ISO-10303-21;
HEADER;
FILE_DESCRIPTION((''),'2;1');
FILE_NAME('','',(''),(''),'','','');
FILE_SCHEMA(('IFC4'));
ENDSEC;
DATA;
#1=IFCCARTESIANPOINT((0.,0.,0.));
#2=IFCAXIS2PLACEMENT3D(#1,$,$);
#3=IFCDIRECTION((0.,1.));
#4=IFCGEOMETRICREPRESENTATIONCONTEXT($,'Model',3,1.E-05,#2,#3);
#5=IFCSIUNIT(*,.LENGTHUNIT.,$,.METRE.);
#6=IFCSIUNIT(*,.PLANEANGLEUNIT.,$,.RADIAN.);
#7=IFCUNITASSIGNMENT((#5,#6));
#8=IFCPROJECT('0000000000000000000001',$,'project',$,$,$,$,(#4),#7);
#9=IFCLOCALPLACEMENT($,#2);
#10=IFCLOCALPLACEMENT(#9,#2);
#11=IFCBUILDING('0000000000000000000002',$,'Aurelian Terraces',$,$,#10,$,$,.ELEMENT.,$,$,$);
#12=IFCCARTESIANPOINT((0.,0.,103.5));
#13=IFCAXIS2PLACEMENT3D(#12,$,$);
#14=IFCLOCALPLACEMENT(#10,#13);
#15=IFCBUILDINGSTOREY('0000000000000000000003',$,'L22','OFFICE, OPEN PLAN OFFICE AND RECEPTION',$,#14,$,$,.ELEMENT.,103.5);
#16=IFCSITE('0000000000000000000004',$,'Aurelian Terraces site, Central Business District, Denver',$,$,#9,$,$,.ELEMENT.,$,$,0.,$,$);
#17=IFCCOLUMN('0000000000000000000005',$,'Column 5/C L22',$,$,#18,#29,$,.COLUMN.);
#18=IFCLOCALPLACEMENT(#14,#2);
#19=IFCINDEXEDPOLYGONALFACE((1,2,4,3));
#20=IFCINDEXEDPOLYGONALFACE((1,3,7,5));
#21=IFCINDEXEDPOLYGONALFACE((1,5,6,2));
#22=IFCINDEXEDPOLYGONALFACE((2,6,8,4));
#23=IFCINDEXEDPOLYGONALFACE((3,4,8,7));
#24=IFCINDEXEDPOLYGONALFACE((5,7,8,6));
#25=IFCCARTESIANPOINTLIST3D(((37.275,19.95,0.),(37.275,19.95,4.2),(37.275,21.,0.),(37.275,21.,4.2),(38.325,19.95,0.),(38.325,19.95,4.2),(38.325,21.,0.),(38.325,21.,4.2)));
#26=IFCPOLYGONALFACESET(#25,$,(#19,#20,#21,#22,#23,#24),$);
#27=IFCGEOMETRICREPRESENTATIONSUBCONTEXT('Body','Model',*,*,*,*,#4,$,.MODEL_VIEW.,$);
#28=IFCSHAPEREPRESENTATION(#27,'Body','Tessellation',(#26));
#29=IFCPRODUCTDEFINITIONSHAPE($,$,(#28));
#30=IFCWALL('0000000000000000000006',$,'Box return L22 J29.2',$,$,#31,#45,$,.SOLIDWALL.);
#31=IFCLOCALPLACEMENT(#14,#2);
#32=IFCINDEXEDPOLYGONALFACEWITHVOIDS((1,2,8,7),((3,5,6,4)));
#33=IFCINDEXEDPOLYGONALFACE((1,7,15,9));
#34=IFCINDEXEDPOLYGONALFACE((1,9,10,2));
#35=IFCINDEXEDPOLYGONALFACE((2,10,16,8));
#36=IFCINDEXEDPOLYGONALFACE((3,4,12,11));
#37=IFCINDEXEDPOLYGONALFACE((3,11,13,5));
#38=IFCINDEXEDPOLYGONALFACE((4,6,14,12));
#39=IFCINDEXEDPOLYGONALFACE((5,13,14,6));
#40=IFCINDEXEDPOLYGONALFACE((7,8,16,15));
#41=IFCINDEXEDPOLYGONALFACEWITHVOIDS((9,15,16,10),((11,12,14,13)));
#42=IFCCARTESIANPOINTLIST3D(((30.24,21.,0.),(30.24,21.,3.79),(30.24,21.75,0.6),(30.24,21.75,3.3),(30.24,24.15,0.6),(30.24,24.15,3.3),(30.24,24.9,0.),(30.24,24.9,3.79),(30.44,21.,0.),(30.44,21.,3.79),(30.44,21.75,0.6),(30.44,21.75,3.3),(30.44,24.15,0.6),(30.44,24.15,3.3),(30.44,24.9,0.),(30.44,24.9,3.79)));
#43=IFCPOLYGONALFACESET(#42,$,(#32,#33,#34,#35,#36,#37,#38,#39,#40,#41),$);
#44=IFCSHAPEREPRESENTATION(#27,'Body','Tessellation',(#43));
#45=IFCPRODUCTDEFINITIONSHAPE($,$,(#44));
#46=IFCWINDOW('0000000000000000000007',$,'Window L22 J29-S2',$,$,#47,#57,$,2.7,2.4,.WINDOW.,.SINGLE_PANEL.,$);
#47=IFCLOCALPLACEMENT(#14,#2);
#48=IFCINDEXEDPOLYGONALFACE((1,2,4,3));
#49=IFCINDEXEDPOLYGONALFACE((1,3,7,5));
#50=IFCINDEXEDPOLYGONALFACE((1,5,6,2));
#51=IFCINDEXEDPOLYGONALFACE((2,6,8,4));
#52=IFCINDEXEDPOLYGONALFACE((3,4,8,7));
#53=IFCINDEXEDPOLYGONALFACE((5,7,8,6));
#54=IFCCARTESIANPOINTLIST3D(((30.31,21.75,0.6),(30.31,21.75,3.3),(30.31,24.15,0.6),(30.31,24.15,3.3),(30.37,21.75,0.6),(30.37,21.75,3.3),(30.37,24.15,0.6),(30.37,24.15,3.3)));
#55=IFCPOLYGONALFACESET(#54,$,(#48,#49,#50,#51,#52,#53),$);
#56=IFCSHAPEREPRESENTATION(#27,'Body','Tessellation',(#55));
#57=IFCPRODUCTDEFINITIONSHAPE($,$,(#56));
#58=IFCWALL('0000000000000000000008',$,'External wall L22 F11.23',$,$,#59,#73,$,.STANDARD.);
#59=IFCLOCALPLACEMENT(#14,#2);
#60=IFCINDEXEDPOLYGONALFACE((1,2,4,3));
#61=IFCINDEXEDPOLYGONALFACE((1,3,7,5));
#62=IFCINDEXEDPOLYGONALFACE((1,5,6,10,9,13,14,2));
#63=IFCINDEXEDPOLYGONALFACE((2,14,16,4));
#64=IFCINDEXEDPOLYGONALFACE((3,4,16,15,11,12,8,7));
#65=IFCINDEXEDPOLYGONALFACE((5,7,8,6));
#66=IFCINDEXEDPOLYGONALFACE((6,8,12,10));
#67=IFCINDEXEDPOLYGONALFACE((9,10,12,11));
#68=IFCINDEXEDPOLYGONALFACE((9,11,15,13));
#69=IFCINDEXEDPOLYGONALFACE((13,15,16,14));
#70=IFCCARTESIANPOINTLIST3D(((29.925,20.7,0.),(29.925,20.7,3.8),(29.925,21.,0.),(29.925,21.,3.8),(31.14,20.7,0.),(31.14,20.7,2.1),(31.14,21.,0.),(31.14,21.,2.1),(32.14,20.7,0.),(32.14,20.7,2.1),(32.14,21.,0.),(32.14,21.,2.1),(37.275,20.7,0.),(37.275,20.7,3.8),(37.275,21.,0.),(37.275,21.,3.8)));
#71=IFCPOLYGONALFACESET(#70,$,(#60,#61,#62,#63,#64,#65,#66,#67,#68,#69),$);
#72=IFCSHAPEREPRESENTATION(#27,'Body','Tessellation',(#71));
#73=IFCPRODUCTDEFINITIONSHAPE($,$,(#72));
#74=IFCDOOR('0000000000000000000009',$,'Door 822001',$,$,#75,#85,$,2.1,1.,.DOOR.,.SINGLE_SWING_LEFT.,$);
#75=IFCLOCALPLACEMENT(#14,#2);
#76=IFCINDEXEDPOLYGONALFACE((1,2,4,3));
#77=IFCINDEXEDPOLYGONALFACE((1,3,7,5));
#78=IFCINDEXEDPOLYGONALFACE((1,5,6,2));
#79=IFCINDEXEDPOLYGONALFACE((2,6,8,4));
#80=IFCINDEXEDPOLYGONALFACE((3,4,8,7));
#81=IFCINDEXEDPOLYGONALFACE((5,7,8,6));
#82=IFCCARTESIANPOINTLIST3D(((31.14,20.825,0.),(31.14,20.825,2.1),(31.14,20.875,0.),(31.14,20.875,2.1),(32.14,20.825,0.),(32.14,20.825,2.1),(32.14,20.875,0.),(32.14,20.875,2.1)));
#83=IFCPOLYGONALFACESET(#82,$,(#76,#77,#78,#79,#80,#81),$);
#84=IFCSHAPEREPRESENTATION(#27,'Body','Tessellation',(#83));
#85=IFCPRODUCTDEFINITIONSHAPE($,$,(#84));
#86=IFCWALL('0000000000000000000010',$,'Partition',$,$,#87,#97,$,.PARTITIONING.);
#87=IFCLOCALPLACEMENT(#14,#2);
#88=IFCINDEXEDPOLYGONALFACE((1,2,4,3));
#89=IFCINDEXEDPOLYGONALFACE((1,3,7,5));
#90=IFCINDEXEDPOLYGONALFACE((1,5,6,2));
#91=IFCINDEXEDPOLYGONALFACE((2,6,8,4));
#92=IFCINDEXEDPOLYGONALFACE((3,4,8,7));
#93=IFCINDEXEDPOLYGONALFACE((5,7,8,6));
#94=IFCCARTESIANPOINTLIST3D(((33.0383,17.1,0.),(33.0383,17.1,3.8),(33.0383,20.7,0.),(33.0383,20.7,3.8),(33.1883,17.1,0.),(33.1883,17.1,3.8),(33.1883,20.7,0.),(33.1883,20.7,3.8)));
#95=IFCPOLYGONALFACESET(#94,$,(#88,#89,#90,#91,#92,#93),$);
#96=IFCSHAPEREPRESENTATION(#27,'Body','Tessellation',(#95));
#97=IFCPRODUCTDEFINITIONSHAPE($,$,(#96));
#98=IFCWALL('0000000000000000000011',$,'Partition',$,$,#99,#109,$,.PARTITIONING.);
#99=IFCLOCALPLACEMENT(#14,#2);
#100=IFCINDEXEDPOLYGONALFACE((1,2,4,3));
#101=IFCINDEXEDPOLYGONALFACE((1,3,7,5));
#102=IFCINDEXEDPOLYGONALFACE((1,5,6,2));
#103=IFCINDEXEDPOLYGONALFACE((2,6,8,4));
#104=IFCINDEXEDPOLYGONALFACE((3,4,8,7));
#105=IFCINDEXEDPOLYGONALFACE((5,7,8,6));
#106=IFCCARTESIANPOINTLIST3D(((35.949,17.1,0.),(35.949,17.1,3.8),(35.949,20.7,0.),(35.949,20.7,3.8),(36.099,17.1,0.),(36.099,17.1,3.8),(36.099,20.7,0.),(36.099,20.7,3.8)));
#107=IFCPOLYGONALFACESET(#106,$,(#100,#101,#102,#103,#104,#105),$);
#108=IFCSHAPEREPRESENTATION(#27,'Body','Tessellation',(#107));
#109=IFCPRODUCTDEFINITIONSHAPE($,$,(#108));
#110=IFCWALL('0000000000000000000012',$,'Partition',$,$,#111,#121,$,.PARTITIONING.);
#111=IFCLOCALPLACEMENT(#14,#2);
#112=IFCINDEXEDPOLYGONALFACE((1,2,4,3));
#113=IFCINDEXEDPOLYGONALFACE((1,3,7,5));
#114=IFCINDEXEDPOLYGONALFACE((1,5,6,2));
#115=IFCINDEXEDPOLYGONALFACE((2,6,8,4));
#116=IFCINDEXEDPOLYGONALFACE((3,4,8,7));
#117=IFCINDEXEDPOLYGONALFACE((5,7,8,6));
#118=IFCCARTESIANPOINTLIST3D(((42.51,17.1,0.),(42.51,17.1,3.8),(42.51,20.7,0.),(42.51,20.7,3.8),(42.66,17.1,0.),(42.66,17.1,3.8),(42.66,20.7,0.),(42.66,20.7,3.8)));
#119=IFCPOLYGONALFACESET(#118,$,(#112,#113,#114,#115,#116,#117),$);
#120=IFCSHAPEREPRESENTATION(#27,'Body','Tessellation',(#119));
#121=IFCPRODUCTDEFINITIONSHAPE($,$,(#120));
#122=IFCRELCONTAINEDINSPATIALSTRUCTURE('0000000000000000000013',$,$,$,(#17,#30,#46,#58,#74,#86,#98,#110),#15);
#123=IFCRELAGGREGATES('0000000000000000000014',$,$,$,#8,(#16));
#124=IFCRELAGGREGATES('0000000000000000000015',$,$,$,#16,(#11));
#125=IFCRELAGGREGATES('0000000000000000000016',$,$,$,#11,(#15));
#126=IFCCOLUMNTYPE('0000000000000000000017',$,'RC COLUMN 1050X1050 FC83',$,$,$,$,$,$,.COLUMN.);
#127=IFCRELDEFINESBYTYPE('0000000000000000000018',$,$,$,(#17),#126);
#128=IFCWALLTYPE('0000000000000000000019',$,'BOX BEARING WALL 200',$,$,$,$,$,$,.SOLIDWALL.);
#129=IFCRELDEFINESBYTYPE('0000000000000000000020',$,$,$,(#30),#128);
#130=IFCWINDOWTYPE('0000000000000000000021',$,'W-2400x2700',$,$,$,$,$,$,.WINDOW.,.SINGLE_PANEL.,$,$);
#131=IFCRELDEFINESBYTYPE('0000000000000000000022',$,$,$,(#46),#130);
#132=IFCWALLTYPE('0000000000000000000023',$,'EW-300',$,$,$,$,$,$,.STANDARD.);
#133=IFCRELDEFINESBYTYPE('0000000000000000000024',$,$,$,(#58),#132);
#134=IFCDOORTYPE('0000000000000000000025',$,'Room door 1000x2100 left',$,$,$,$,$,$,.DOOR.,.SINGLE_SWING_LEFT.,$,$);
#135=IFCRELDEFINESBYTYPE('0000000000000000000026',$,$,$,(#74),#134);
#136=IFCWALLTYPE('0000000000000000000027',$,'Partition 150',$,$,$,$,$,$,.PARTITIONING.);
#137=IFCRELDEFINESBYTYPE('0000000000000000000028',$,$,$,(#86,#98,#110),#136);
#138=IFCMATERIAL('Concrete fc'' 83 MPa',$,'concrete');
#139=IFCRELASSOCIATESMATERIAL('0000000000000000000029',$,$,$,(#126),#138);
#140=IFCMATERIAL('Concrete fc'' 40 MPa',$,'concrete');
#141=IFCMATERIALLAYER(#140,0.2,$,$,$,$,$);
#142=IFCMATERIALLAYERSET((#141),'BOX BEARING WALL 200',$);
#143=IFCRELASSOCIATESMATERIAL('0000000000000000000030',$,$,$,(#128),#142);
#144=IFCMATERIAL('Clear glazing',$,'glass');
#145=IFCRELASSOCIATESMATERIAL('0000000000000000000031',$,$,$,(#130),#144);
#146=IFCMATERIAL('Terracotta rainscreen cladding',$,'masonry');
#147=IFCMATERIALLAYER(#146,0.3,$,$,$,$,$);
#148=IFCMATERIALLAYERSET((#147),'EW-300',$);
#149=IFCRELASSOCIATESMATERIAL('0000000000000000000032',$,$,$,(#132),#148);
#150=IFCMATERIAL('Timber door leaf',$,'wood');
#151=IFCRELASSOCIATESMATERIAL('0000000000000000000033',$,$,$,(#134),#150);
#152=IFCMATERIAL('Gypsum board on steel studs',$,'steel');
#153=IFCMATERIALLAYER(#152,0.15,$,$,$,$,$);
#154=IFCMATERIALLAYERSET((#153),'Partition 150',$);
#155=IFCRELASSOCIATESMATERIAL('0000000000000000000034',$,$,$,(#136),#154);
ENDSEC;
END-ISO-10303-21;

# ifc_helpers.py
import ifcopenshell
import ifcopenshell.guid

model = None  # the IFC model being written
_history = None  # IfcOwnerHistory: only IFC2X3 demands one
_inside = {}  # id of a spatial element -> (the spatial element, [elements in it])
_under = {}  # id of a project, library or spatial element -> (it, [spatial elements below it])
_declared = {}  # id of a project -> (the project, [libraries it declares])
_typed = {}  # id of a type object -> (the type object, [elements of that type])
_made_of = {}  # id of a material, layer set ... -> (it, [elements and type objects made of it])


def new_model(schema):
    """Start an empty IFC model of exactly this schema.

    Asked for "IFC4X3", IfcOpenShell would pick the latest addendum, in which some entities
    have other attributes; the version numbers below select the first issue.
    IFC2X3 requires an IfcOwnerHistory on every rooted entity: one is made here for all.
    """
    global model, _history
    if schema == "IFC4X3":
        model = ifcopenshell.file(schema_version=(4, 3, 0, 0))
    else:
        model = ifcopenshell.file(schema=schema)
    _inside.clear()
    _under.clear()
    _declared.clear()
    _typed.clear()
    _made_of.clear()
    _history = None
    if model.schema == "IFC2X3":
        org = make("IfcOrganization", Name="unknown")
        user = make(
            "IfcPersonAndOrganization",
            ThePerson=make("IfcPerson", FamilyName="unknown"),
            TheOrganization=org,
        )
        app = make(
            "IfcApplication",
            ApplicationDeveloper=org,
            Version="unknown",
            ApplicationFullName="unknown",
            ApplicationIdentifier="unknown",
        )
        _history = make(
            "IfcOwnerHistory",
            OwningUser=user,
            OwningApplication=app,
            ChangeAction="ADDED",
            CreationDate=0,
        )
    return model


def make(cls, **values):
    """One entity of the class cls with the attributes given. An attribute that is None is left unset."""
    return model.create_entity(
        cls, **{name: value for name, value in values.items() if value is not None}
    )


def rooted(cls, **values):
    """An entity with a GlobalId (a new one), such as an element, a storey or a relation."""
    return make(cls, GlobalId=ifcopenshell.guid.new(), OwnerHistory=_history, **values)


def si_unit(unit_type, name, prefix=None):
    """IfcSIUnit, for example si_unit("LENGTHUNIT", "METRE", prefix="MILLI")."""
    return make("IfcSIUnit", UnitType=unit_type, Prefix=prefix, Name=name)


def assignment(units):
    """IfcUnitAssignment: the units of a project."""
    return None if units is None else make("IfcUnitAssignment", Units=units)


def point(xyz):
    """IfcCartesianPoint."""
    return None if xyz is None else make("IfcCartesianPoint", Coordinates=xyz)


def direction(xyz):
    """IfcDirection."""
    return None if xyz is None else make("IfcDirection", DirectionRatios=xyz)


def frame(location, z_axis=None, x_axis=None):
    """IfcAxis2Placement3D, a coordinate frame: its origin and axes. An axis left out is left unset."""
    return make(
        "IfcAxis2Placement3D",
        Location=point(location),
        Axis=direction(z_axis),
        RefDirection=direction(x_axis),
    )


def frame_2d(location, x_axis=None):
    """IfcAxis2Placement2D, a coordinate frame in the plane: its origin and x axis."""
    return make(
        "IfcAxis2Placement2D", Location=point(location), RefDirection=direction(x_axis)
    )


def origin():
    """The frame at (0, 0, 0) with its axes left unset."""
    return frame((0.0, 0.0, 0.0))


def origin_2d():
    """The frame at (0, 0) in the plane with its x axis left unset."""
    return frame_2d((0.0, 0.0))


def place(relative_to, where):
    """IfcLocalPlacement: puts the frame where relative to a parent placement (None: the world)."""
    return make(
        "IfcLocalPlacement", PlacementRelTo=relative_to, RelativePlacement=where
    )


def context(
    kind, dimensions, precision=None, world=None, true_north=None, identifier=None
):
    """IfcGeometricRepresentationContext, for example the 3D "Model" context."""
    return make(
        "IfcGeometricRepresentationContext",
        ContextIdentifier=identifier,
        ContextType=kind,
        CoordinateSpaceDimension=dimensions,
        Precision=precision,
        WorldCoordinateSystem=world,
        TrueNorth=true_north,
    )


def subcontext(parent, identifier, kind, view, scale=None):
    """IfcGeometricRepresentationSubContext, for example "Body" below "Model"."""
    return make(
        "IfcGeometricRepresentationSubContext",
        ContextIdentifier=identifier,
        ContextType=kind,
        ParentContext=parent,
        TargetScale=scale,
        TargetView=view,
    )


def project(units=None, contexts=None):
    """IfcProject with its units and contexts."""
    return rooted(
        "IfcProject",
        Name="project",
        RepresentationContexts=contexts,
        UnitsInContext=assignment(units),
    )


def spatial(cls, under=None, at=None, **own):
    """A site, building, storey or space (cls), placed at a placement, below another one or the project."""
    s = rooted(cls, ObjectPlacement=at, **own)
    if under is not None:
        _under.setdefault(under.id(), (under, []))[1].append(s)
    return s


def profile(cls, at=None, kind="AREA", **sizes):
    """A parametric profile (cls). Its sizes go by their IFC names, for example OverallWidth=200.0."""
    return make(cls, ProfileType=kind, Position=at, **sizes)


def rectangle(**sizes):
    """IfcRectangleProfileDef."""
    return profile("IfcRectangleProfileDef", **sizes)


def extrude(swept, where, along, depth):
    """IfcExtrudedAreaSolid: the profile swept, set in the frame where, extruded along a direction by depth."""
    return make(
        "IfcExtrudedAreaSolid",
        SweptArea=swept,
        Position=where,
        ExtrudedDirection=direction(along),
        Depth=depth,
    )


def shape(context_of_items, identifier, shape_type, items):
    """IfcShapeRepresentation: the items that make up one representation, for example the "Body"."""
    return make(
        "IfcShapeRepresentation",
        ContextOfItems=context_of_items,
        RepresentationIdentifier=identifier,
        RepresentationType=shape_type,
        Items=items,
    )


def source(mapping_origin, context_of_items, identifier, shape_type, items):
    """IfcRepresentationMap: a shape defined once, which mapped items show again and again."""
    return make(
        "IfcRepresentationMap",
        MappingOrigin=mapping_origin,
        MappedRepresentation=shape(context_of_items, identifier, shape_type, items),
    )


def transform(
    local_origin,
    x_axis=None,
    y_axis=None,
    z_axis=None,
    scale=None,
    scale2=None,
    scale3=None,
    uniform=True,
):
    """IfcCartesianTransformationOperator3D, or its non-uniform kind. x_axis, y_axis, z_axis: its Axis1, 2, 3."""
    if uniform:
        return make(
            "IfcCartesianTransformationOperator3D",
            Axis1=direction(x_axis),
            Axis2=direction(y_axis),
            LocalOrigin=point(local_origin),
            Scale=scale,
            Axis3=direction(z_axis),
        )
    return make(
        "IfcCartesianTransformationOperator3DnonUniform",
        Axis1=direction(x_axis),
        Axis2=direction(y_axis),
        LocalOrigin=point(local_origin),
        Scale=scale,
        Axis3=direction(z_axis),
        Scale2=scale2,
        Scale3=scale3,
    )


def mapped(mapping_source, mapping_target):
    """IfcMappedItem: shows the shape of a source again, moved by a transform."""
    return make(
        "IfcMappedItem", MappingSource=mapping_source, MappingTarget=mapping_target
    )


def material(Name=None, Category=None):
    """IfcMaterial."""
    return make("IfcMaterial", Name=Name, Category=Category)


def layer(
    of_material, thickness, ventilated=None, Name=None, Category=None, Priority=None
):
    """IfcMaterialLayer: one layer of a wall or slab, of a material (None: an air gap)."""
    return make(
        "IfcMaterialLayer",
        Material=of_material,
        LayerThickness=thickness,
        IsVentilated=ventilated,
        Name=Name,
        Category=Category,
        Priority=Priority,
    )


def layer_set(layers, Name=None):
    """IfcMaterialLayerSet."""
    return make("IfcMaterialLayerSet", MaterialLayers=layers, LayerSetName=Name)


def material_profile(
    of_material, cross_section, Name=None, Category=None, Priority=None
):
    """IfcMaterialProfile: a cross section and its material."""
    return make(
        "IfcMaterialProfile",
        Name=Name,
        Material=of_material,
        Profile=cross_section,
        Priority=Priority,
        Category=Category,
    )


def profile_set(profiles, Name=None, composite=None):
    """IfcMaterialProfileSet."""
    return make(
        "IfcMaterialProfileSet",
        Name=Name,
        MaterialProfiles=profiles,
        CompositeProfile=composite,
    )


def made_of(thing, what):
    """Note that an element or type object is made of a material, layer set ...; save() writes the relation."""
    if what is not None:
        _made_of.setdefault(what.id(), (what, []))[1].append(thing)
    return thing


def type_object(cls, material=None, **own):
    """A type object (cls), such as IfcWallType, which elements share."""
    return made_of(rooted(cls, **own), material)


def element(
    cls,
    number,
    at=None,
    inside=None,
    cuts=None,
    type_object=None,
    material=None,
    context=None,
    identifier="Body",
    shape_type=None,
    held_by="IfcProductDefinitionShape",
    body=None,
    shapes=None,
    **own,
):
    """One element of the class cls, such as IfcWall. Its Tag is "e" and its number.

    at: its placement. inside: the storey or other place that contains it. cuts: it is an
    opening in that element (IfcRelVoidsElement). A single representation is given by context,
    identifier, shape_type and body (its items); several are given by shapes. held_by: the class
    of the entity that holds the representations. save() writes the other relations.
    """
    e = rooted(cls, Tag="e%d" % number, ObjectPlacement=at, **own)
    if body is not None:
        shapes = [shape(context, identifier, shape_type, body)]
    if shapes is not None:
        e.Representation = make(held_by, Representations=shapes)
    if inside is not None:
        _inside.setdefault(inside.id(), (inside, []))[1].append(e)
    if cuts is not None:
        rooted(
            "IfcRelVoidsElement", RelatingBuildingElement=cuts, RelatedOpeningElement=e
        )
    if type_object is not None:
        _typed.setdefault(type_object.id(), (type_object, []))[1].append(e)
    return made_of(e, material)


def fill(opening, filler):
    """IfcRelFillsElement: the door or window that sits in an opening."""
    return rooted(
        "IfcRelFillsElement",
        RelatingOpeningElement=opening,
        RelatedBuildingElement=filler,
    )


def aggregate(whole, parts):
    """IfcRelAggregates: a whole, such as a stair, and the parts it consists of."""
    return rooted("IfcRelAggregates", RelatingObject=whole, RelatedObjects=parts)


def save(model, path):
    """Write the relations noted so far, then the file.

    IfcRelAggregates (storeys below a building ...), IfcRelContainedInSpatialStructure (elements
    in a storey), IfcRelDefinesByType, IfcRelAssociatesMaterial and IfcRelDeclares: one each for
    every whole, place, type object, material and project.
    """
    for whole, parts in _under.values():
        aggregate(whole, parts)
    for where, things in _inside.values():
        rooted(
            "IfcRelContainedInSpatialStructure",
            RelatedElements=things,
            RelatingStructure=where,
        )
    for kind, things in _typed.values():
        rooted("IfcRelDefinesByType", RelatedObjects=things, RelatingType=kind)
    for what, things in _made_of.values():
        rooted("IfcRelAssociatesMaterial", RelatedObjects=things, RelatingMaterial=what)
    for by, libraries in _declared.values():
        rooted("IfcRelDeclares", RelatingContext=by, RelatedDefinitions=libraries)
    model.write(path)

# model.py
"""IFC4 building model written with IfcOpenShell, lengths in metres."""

from ifc_helpers import new_model, si_unit, direction, frame, frame_2d, origin, origin_2d, place, context, subcontext, project, spatial, rectangle, extrude, source, transform, mapped, material, layer, layer_set, material_profile, profile_set, type_object, element, fill, save


model = new_model("IFC4")

# Units and contexts
model_context = context("Model", 3, precision=1e-05, world=origin(), true_north=direction((0.0, 1.0)))
body_context = subcontext(model_context, "Body", "Model", "MODEL_VIEW")
ifc_project = project(units=[si_unit("LENGTHUNIT", "METRE"), si_unit("PLANEANGLEUNIT", "RADIAN")], contexts=[model_context])

# Site, building, storey
site_placement = place(None, origin())
site = spatial("IfcSite", under=ifc_project, at=site_placement, Name="Aurelian Terraces site, Central Business District, Denver", CompositionType="ELEMENT", RefElevation=0.0)
building_placement = place(site_placement, origin())
building = spatial("IfcBuilding", under=site, at=building_placement, Name="Aurelian Terraces", CompositionType="ELEMENT")
storey_placement = place(building_placement, frame((0.0, 0.0, 103.5)))
storey = spatial("IfcBuildingStorey", under=building, at=storey_placement, Name="L22", Description="OFFICE, OPEN PLAN OFFICE AND RECEPTION", CompositionType="ELEMENT", Elevation=103.5)

# Column
ifc_material_1 = material(Name="Concrete fc' 83 MPa", Category="concrete")
ifc_material_profile = material_profile(ifc_material_1, rectangle(XDim=1.05, YDim=1.05, at=origin_2d()))
ifc_profile_set = profile_set([ifc_material_profile], Name="Concrete fc' 83 MPa")
column_type = type_object("IfcColumnType", Name="RC COLUMN 1050X1050 FC83", PredefinedType="COLUMN", material=ifc_profile_set)
shared_shape_1 = source(origin(), body_context, "Body", "SweptSolid", [
    extrude(rectangle(XDim=1.05, YDim=1.05, at=origin_2d()), origin(), (0.0, 0.0, 1.0), 4.2),
])
column_placement = place(storey_placement, frame((37.8, 20.475, 0.0), z_axis=(0.0, 0.0, 1.0), x_axis=(1.0, 0.0, 0.0)))
element("IfcColumn", 1, at=column_placement, inside=storey, type_object=column_type, Name="Column 5/C L22", PredefinedType="COLUMN", context=body_context, shape_type="MappedRepresentation", body=[
    mapped(shared_shape_1, transform((0.0, 0.0, 0.0), scale=1.0)),
])

# Wall, opening, window
ifc_material_2 = material(Name="Concrete fc' 40 MPa", Category="concrete")
ifc_layer_1 = layer(ifc_material_2, 0.2)
ifc_layer_set_1 = layer_set([ifc_layer_1], Name="BOX BEARING WALL 200")
wall_type_1 = type_object("IfcWallType", Name="BOX BEARING WALL 200", PredefinedType="SOLIDWALL", material=ifc_layer_set_1)
shared_shape_2 = source(origin(), body_context, "Body", "SweptSolid", [
    extrude(rectangle(XDim=3.9, YDim=0.2, at=frame_2d((1.95, 0.0))), origin(), (0.0, 0.0, 1.0), 3.79),
])
wall_1_placement = place(storey_placement, frame((30.34, 21.0, 0.0), z_axis=(0.0, 0.0, 1.0), x_axis=(0.0, 1.0, 0.0)))
wall_1 = element("IfcWall", 2, at=wall_1_placement, inside=storey, type_object=wall_type_1, Name="Box return L22 J29.2", PredefinedType="SOLIDWALL", context=body_context, shape_type="MappedRepresentation", body=[
    mapped(shared_shape_2, transform((0.0, 0.0, 0.0), scale=1.0)),
])
shared_shape_3 = source(origin(), body_context, "Body", "SweptSolid", [
    extrude(rectangle(XDim=2.4, YDim=2.7, at=frame_2d((1.2, 1.35))), frame((0.0, 0.11, 0.0), z_axis=(0.0, -1.0, 0.0), x_axis=(1.0, 0.0, 0.0)), (0.0, 0.0, 1.0), 0.22),
])
opening_1_placement = place(wall_1_placement, frame((0.75, 0.0, 0.6)))
opening_1 = element("IfcOpeningElement", 3, at=opening_1_placement, cuts=wall_1, PredefinedType="OPENING", context=body_context, shape_type="MappedRepresentation", body=[
    mapped(shared_shape_3, transform((0.0, 0.0, 0.0), scale=1.0)),
])
ifc_material_3 = material(Name="Clear glazing", Category="glass")
window_type = type_object("IfcWindowType", Name="W-2400x2700", PartitioningType="SINGLE_PANEL", PredefinedType="WINDOW", material=ifc_material_3)
shared_shape_4 = source(origin(), body_context, "Body", "SweptSolid", [
    extrude(rectangle(XDim=2.4, YDim=2.7, at=frame_2d((1.2, 1.35))), frame((0.0, 0.03, 0.0), z_axis=(0.0, -1.0, 0.0), x_axis=(1.0, 0.0, 0.0)), (0.0, 0.0, 1.0), 0.06),
])
window_placement = place(opening_1_placement, origin())
window = element("IfcWindow", 4, at=window_placement, inside=storey, type_object=window_type, Name="Window L22 J29-S2", OverallHeight=2.7, OverallWidth=2.4, PartitioningType="SINGLE_PANEL", PredefinedType="WINDOW", context=body_context, shape_type="MappedRepresentation", body=[
    mapped(shared_shape_4, transform((0.0, 0.0, 0.0), scale=1.0)),
])
fill(opening_1, window)

# Wall, opening, door
ifc_material_4 = material(Name="Terracotta rainscreen cladding", Category="masonry")
ifc_layer_2 = layer(ifc_material_4, 0.3)
ifc_layer_set_2 = layer_set([ifc_layer_2], Name="EW-300")
wall_type_2 = type_object("IfcWallType", Name="EW-300", PredefinedType="STANDARD", material=ifc_layer_set_2)
shared_shape_5 = source(origin(), body_context, "Body", "SweptSolid", [
    extrude(rectangle(XDim=7.35, YDim=0.3, at=frame_2d((3.675, 0.0))), origin(), (0.0, 0.0, 1.0), 3.8),
])
wall_2_placement = place(storey_placement, frame((37.275, 20.85, 0.0), z_axis=(0.0, 0.0, 1.0), x_axis=(-1.0, 0.0, 0.0)))
wall_2 = element("IfcWall", 5, at=wall_2_placement, inside=storey, type_object=wall_type_2, Name="External wall L22 F11.23", PredefinedType="STANDARD", context=body_context, shape_type="MappedRepresentation", body=[
    mapped(shared_shape_5, transform((0.0, 0.0, 0.0), scale=1.0)),
])
shared_shape_6 = source(origin(), body_context, "Body", "SweptSolid", [
    extrude(rectangle(XDim=1.0, YDim=2.1, at=frame_2d((0.5, 1.05))), frame((0.0, 0.16, 0.0), z_axis=(0.0, -1.0, 0.0), x_axis=(1.0, 0.0, 0.0)), (0.0, 0.0, 1.0), 0.32),
])
opening_2_placement = place(wall_2_placement, frame((5.135, 0.0, 0.0)))
opening_2 = element("IfcOpeningElement", 6, at=opening_2_placement, cuts=wall_2, PredefinedType="OPENING", context=body_context, shape_type="MappedRepresentation", body=[
    mapped(shared_shape_6, transform((0.0, 0.0, 0.0), scale=1.0)),
])
ifc_material_5 = material(Name="Timber door leaf", Category="wood")
door_type_1 = type_object("IfcDoorType", Name="Room door 1000x2100 left", OperationType="SINGLE_SWING_LEFT", PredefinedType="DOOR", material=ifc_material_5)
shared_shape_7 = source(origin(), body_context, "Body", "SweptSolid", [
    extrude(rectangle(XDim=1.0, YDim=2.1, at=frame_2d((0.5, 1.05))), frame((0.0, 0.025, 0.0), z_axis=(0.0, -1.0, 0.0), x_axis=(1.0, 0.0, 0.0)), (0.0, 0.0, 1.0), 0.05),
])
door_1_placement = place(opening_2_placement, origin())
door_1 = element("IfcDoor", 7, at=door_1_placement, inside=storey, type_object=door_type_1, Name="Door 822001", OperationType="SINGLE_SWING_LEFT", OverallHeight=2.1, OverallWidth=1.0, PredefinedType="DOOR", context=body_context, shape_type="MappedRepresentation", body=[
    mapped(shared_shape_7, transform((0.0, 0.0, 0.0), scale=1.0)),
])
fill(opening_2, door_1)

# Walls
ifc_material_6 = material(Name="Gypsum board on steel studs", Category="steel")
ifc_layer_3 = layer(ifc_material_6, 0.15)
ifc_layer_set_3 = layer_set([ifc_layer_3], Name="Partition 150")
wall_type_3 = type_object("IfcWallType", Name="Partition 150", PredefinedType="PARTITIONING", material=ifc_layer_set_3)
shared_shape_8 = source(origin(), body_context, "Body", "SweptSolid", [
    extrude(rectangle(XDim=3.6, YDim=0.15, at=frame_2d((1.8, 0.0))), origin(), (0.0, 0.0, 1.0), 3.8),
])
for number, where, z_axis, x_axis, name in (
    (8, (33.1133, 20.7, 0.0), (0.0, 0.0, 1.0), (0.0, -1.0, 0.0), "Partition"),
    (9, (36.024, 20.7, 0.0), (0.0, 0.0, 1.0), (0.0, -1.0, 0.0), "Partition"),
    (10, (42.585, 20.7, 0.0), (0.0, 0.0, 1.0), (0.0, -1.0, 0.0), "Partition"),
):
    element("IfcWall", number, at=place(storey_placement, frame(where, z_axis=z_axis, x_axis=x_axis)), inside=storey, type_object=wall_type_3, Name=name, PredefinedType="PARTITIONING", context=body_context, shape_type="MappedRepresentation", body=[
        mapped(shared_shape_8, transform((0.0, 0.0, 0.0), scale=1.0)),
    ])

save(model, "model.ifc")
